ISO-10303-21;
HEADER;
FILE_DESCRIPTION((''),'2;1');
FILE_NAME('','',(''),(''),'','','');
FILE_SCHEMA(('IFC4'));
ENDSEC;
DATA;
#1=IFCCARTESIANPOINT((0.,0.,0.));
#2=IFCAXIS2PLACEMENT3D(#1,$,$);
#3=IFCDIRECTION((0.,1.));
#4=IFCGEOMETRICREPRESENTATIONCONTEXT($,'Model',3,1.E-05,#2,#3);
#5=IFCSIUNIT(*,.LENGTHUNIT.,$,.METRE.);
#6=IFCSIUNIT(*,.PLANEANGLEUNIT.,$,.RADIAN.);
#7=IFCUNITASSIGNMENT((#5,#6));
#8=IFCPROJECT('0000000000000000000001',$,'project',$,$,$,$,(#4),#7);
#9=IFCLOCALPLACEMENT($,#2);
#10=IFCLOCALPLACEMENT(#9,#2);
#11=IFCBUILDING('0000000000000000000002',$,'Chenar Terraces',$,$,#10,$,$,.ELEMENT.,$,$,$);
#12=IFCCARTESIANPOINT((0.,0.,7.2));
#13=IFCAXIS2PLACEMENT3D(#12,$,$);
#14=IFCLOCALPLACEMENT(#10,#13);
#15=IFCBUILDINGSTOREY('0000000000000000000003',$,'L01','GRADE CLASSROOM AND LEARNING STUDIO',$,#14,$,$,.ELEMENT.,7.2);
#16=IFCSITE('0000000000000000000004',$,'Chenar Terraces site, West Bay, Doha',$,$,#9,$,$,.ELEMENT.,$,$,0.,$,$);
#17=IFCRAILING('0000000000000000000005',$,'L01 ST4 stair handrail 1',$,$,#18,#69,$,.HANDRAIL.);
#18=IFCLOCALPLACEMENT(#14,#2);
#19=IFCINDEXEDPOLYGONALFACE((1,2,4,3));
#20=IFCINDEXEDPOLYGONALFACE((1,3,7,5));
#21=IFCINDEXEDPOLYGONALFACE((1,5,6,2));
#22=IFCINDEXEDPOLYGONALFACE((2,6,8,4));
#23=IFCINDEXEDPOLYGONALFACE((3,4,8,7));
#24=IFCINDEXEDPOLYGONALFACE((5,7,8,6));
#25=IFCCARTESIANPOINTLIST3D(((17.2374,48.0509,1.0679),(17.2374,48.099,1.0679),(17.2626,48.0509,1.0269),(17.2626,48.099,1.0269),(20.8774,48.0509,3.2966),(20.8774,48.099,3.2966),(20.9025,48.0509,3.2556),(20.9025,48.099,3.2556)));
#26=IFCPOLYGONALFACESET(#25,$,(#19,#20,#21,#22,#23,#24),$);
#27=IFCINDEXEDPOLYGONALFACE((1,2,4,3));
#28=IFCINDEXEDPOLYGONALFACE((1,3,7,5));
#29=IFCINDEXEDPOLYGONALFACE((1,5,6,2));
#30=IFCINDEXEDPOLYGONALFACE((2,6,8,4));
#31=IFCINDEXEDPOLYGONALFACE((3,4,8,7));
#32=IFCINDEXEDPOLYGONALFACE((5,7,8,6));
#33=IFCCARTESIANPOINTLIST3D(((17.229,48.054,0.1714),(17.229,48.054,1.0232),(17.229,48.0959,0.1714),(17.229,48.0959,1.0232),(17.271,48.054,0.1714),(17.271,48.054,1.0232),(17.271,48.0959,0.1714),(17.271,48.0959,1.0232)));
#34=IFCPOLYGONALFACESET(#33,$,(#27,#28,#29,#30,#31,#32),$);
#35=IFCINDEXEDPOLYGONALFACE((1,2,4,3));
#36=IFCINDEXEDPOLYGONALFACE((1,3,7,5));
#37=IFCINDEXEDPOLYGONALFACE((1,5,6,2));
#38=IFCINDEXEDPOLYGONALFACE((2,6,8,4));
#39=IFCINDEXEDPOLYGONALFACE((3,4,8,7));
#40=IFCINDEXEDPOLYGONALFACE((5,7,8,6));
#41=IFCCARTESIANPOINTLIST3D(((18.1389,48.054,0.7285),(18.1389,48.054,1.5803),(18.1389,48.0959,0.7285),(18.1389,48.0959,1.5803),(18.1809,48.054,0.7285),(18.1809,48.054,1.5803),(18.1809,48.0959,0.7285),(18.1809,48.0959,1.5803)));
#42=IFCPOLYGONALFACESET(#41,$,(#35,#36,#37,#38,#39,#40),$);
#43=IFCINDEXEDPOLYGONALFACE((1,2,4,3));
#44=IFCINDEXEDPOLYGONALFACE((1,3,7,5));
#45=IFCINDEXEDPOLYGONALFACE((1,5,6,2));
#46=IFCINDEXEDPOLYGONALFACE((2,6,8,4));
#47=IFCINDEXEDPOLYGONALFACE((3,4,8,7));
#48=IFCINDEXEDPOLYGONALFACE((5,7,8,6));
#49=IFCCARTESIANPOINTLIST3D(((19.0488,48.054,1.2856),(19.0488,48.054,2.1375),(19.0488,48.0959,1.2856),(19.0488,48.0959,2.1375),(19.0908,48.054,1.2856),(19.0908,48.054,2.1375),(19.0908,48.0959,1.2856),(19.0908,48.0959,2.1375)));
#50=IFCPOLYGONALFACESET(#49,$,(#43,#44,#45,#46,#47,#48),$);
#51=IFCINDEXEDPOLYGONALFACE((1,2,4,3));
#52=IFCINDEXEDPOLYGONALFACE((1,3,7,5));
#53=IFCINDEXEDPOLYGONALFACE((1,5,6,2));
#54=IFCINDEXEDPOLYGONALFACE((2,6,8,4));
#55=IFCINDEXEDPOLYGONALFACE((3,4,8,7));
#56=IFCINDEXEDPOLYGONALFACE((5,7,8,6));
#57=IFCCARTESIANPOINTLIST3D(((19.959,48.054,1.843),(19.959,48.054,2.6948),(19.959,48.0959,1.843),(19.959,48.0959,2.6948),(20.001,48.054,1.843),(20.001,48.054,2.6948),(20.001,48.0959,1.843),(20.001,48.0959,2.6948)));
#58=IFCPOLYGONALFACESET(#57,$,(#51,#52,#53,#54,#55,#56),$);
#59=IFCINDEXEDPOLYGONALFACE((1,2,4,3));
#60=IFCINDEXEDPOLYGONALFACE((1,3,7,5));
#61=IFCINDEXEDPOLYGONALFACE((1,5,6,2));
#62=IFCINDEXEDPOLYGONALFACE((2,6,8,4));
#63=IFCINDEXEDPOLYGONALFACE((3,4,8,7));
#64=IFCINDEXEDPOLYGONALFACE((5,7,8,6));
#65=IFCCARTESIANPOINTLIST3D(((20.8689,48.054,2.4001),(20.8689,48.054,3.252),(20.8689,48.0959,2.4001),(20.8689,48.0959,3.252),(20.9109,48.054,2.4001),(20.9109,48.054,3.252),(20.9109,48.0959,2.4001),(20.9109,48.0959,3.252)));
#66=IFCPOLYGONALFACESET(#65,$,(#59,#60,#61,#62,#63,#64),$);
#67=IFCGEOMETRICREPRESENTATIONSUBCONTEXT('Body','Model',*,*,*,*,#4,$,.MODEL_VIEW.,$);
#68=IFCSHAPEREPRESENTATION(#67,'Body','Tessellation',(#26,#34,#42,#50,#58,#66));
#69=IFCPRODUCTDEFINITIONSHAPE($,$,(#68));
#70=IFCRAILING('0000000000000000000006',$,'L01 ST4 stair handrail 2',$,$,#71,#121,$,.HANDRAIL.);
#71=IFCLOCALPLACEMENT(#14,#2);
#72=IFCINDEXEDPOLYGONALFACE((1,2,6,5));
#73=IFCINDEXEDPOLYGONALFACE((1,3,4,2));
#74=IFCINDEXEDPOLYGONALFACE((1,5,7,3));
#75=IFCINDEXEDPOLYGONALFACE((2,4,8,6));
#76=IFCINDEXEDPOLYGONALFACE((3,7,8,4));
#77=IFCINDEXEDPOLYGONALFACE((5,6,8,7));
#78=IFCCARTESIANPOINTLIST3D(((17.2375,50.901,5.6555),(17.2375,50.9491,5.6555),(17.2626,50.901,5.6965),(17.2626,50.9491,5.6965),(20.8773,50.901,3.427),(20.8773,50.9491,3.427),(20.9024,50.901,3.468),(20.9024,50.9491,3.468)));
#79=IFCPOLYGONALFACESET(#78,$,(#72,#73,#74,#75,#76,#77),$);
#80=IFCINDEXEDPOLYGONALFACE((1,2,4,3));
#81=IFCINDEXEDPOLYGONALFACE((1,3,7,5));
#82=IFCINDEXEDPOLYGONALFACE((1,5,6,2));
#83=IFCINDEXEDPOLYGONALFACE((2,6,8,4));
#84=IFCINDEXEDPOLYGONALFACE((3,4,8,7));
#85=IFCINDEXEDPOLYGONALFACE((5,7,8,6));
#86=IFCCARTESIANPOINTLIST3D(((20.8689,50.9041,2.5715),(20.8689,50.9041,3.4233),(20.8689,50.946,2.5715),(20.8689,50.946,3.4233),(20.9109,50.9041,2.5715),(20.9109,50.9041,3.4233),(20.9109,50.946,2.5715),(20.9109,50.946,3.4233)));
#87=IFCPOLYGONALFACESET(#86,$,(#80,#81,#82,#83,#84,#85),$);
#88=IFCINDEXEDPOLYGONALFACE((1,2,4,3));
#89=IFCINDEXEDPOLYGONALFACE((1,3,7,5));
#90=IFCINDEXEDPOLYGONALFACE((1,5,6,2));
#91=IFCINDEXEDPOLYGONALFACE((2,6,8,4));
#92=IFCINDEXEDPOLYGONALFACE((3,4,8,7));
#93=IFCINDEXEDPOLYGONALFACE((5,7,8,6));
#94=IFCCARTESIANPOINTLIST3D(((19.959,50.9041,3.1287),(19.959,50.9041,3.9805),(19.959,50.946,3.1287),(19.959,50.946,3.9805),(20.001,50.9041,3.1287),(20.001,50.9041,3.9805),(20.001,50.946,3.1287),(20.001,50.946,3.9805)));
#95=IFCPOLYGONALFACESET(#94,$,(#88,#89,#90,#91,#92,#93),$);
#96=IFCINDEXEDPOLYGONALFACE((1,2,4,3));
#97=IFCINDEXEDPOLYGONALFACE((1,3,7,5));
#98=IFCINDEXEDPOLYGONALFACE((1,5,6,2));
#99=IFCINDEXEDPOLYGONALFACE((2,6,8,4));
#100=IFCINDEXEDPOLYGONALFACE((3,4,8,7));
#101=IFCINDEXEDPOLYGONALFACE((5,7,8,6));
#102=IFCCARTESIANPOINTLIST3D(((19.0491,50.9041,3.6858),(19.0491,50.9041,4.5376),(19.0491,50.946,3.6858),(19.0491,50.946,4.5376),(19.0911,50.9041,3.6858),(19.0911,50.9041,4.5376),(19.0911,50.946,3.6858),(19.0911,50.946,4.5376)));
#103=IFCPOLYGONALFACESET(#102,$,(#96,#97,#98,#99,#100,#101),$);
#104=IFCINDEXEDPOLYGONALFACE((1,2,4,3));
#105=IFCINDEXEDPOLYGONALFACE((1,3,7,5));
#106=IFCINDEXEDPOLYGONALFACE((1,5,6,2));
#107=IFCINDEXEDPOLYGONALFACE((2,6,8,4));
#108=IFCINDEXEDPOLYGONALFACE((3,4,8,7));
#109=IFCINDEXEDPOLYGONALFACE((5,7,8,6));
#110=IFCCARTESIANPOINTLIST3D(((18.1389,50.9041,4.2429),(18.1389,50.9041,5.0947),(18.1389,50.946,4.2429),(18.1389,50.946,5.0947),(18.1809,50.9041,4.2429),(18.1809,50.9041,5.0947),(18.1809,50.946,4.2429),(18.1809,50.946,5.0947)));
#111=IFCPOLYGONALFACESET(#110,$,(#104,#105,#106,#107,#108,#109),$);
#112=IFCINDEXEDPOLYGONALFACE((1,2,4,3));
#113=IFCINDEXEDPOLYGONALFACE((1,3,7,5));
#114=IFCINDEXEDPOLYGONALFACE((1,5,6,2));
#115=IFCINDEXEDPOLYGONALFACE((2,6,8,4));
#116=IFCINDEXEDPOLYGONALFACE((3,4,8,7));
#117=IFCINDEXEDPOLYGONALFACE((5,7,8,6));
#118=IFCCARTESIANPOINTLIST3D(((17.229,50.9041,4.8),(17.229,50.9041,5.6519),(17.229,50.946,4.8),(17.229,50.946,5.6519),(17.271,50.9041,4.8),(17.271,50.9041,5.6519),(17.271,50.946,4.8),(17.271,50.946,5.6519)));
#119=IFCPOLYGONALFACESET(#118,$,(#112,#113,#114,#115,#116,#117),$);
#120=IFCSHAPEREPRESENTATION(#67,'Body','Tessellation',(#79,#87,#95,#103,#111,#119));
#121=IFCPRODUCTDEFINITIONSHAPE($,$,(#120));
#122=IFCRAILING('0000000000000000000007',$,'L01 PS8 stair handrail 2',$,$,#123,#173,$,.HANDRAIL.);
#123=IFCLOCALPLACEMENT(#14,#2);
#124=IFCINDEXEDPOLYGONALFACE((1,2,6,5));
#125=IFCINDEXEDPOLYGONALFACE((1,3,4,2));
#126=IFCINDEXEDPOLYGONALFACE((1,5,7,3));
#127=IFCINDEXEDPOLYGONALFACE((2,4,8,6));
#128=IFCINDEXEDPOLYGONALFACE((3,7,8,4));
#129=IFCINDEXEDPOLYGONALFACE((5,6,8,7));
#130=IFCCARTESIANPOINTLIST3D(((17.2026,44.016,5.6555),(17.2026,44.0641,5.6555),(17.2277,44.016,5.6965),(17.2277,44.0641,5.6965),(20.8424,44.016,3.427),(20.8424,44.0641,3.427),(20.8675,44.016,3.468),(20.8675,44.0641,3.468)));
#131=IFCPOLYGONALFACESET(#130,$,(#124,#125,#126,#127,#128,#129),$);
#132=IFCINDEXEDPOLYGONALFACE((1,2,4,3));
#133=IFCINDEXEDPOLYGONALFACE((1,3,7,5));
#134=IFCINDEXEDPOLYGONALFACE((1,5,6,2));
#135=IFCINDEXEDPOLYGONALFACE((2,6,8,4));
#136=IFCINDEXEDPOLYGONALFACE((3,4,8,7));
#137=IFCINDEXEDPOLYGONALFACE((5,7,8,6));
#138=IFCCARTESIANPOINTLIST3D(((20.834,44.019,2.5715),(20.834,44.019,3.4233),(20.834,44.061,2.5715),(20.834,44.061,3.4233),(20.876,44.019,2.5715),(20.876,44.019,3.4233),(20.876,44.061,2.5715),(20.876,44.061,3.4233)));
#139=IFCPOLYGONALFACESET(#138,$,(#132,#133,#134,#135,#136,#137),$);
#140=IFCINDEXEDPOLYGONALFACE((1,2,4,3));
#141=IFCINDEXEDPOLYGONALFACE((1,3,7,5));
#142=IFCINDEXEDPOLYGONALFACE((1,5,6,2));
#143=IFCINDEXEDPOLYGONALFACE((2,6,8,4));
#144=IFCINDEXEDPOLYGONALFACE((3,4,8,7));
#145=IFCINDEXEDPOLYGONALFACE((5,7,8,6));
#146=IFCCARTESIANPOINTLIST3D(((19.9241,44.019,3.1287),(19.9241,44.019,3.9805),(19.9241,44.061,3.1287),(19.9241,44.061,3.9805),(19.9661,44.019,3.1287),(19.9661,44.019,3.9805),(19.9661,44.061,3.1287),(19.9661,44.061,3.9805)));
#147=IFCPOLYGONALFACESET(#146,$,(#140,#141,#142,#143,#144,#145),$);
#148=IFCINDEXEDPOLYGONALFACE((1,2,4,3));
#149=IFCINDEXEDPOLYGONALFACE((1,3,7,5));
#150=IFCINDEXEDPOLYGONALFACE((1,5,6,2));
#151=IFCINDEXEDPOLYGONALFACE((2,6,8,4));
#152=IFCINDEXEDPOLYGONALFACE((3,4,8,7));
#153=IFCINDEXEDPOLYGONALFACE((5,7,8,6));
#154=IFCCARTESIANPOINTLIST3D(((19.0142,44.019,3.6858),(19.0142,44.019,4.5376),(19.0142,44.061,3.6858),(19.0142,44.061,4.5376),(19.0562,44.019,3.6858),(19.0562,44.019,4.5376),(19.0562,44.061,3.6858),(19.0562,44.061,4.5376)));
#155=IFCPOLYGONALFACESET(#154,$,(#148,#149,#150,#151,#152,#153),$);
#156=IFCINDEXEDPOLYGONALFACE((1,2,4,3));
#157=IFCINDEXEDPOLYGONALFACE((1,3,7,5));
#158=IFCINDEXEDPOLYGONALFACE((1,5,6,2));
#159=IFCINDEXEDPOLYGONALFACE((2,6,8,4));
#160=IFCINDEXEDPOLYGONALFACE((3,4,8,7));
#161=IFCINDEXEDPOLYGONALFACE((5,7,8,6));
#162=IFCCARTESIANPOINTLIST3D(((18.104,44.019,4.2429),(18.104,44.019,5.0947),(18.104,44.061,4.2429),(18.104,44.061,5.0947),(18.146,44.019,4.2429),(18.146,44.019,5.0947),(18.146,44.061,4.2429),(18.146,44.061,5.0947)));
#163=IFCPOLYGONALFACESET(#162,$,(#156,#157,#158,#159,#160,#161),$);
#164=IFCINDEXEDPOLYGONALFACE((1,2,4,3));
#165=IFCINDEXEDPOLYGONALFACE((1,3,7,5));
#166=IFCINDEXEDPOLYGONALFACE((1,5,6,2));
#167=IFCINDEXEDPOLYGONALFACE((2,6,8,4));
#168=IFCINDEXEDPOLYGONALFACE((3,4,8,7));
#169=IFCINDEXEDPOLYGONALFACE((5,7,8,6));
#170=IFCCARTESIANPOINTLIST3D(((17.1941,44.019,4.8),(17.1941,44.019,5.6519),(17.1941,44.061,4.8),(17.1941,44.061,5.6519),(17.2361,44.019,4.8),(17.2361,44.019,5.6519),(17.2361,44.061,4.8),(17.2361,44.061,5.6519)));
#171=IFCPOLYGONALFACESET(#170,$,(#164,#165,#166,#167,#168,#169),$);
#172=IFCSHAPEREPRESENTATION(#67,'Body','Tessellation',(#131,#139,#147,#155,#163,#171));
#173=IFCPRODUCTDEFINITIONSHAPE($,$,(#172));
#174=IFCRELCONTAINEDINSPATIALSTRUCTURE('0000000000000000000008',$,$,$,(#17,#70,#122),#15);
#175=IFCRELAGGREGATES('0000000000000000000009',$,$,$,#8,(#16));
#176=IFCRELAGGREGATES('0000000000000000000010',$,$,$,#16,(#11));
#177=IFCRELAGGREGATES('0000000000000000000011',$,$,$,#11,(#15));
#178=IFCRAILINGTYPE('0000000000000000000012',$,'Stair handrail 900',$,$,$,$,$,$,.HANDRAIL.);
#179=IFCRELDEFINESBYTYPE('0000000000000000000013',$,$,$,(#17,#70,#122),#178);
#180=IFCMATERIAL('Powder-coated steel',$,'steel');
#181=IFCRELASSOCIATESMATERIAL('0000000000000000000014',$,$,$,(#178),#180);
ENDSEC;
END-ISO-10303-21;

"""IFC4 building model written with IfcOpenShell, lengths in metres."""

from ifc_helpers import new_model, si_unit, direction, frame, origin, origin_2d, place, context, subcontext, project, spatial, rectangle, extrude, material, type_object, element, save


model = new_model("IFC4")

# Units and contexts
model_context = context("Model", 3, precision=1e-05, world=origin(), true_north=direction((0.0, 1.0)))
body_context = subcontext(model_context, "Body", "Model", "MODEL_VIEW")
ifc_project = project(units=[si_unit("LENGTHUNIT", "METRE"), si_unit("PLANEANGLEUNIT", "RADIAN")], contexts=[model_context])

# Site, building, storey
site_placement = place(None, origin())
site = spatial("IfcSite", under=ifc_project, at=site_placement, Name="Chenar Terraces site, West Bay, Doha", CompositionType="ELEMENT", RefElevation=0.0)
building_placement = place(site_placement, origin())
building = spatial("IfcBuilding", under=site, at=building_placement, Name="Chenar Terraces", CompositionType="ELEMENT")
storey_placement = place(building_placement, frame((0.0, 0.0, 7.2)))
storey = spatial("IfcBuildingStorey", under=building, at=storey_placement, Name="L01", Description="GRADE CLASSROOM AND LEARNING STUDIO", CompositionType="ELEMENT", Elevation=7.2)

# Railings
ifc_material_1 = material(Name="Powder-coated steel", Category="steel")
railing_type_1 = type_object("IfcRailingType", Name="Stair handrail 900", PredefinedType="HANDRAIL", material=ifc_material_1)
railing_1_placement = place(storey_placement, frame((17.25, 48.075, 0.1714)))
element("IfcRailing", 1, at=railing_1_placement, inside=storey, type_object=railing_type_1, Name="L01 ST4 stair handrail 1", PredefinedType="HANDRAIL", context=body_context, shape_type="SweptSolid", body=[
    extrude(rectangle(XDim=0.0481, YDim=0.0481, at=origin_2d()), frame((0.0, 0.0, 0.876), z_axis=(0.852825, 0.0, 0.522197), x_axis=(0.0, 1.0, 0.0)), (0.0, 0.0, 1.0), 4.2681),
    extrude(rectangle(XDim=0.042, YDim=0.042, at=origin_2d()), origin(), (0.0, 0.0, 1.0), 0.8518),
    extrude(rectangle(XDim=0.042, YDim=0.042, at=origin_2d()), frame((0.9099, 0.0, 0.5571)), (0.0, 0.0, 1.0), 0.8518),
    extrude(rectangle(XDim=0.042, YDim=0.042, at=origin_2d()), frame((1.8198, 0.0, 1.1143)), (0.0, 0.0, 1.0), 0.8518),
    extrude(rectangle(XDim=0.042, YDim=0.042, at=origin_2d()), frame((2.73, 0.0, 1.6716)), (0.0, 0.0, 1.0), 0.8518),
    extrude(rectangle(XDim=0.042, YDim=0.042, at=origin_2d()), frame((3.6399, 0.0, 2.2288)), (0.0, 0.0, 1.0), 0.8518),
])
for number, where, name in (
    (2, (20.8899, 50.925, 2.5715), "L01 ST4 stair handrail 2"),
    (3, (20.855, 44.04, 2.5715), "L01 PS8 stair handrail 2"),
):
    element("IfcRailing", number, at=place(storey_placement, frame(where)), inside=storey, type_object=railing_type_1, Name=name, PredefinedType="HANDRAIL", context=body_context, shape_type="SweptSolid", body=[
        extrude(rectangle(XDim=0.0481, YDim=0.0481, at=origin_2d()), frame((0.0, 0.0, 0.876), z_axis=(-0.85285, 0.0, 0.522156), x_axis=(0.0, -1.0, 0.0)), (0.0, 0.0, 1.0), 4.2678),
        extrude(rectangle(XDim=0.042, YDim=0.042, at=origin_2d()), origin(), (0.0, 0.0, 1.0), 0.8518),
        extrude(rectangle(XDim=0.042, YDim=0.042, at=origin_2d()), frame((-0.9099, 0.0, 0.5571)), (0.0, 0.0, 1.0), 0.8518),
        extrude(rectangle(XDim=0.042, YDim=0.042, at=origin_2d()), frame((-1.8198, 0.0, 1.1143)), (0.0, 0.0, 1.0), 0.8518),
        extrude(rectangle(XDim=0.042, YDim=0.042, at=origin_2d()), frame((-2.73, 0.0, 1.6714)), (0.0, 0.0, 1.0), 0.8518),
        extrude(rectangle(XDim=0.042, YDim=0.042, at=origin_2d()), frame((-3.6399, 0.0, 2.2285)), (0.0, 0.0, 1.0), 0.8518),
    ])

save(model, "model.ifc")
